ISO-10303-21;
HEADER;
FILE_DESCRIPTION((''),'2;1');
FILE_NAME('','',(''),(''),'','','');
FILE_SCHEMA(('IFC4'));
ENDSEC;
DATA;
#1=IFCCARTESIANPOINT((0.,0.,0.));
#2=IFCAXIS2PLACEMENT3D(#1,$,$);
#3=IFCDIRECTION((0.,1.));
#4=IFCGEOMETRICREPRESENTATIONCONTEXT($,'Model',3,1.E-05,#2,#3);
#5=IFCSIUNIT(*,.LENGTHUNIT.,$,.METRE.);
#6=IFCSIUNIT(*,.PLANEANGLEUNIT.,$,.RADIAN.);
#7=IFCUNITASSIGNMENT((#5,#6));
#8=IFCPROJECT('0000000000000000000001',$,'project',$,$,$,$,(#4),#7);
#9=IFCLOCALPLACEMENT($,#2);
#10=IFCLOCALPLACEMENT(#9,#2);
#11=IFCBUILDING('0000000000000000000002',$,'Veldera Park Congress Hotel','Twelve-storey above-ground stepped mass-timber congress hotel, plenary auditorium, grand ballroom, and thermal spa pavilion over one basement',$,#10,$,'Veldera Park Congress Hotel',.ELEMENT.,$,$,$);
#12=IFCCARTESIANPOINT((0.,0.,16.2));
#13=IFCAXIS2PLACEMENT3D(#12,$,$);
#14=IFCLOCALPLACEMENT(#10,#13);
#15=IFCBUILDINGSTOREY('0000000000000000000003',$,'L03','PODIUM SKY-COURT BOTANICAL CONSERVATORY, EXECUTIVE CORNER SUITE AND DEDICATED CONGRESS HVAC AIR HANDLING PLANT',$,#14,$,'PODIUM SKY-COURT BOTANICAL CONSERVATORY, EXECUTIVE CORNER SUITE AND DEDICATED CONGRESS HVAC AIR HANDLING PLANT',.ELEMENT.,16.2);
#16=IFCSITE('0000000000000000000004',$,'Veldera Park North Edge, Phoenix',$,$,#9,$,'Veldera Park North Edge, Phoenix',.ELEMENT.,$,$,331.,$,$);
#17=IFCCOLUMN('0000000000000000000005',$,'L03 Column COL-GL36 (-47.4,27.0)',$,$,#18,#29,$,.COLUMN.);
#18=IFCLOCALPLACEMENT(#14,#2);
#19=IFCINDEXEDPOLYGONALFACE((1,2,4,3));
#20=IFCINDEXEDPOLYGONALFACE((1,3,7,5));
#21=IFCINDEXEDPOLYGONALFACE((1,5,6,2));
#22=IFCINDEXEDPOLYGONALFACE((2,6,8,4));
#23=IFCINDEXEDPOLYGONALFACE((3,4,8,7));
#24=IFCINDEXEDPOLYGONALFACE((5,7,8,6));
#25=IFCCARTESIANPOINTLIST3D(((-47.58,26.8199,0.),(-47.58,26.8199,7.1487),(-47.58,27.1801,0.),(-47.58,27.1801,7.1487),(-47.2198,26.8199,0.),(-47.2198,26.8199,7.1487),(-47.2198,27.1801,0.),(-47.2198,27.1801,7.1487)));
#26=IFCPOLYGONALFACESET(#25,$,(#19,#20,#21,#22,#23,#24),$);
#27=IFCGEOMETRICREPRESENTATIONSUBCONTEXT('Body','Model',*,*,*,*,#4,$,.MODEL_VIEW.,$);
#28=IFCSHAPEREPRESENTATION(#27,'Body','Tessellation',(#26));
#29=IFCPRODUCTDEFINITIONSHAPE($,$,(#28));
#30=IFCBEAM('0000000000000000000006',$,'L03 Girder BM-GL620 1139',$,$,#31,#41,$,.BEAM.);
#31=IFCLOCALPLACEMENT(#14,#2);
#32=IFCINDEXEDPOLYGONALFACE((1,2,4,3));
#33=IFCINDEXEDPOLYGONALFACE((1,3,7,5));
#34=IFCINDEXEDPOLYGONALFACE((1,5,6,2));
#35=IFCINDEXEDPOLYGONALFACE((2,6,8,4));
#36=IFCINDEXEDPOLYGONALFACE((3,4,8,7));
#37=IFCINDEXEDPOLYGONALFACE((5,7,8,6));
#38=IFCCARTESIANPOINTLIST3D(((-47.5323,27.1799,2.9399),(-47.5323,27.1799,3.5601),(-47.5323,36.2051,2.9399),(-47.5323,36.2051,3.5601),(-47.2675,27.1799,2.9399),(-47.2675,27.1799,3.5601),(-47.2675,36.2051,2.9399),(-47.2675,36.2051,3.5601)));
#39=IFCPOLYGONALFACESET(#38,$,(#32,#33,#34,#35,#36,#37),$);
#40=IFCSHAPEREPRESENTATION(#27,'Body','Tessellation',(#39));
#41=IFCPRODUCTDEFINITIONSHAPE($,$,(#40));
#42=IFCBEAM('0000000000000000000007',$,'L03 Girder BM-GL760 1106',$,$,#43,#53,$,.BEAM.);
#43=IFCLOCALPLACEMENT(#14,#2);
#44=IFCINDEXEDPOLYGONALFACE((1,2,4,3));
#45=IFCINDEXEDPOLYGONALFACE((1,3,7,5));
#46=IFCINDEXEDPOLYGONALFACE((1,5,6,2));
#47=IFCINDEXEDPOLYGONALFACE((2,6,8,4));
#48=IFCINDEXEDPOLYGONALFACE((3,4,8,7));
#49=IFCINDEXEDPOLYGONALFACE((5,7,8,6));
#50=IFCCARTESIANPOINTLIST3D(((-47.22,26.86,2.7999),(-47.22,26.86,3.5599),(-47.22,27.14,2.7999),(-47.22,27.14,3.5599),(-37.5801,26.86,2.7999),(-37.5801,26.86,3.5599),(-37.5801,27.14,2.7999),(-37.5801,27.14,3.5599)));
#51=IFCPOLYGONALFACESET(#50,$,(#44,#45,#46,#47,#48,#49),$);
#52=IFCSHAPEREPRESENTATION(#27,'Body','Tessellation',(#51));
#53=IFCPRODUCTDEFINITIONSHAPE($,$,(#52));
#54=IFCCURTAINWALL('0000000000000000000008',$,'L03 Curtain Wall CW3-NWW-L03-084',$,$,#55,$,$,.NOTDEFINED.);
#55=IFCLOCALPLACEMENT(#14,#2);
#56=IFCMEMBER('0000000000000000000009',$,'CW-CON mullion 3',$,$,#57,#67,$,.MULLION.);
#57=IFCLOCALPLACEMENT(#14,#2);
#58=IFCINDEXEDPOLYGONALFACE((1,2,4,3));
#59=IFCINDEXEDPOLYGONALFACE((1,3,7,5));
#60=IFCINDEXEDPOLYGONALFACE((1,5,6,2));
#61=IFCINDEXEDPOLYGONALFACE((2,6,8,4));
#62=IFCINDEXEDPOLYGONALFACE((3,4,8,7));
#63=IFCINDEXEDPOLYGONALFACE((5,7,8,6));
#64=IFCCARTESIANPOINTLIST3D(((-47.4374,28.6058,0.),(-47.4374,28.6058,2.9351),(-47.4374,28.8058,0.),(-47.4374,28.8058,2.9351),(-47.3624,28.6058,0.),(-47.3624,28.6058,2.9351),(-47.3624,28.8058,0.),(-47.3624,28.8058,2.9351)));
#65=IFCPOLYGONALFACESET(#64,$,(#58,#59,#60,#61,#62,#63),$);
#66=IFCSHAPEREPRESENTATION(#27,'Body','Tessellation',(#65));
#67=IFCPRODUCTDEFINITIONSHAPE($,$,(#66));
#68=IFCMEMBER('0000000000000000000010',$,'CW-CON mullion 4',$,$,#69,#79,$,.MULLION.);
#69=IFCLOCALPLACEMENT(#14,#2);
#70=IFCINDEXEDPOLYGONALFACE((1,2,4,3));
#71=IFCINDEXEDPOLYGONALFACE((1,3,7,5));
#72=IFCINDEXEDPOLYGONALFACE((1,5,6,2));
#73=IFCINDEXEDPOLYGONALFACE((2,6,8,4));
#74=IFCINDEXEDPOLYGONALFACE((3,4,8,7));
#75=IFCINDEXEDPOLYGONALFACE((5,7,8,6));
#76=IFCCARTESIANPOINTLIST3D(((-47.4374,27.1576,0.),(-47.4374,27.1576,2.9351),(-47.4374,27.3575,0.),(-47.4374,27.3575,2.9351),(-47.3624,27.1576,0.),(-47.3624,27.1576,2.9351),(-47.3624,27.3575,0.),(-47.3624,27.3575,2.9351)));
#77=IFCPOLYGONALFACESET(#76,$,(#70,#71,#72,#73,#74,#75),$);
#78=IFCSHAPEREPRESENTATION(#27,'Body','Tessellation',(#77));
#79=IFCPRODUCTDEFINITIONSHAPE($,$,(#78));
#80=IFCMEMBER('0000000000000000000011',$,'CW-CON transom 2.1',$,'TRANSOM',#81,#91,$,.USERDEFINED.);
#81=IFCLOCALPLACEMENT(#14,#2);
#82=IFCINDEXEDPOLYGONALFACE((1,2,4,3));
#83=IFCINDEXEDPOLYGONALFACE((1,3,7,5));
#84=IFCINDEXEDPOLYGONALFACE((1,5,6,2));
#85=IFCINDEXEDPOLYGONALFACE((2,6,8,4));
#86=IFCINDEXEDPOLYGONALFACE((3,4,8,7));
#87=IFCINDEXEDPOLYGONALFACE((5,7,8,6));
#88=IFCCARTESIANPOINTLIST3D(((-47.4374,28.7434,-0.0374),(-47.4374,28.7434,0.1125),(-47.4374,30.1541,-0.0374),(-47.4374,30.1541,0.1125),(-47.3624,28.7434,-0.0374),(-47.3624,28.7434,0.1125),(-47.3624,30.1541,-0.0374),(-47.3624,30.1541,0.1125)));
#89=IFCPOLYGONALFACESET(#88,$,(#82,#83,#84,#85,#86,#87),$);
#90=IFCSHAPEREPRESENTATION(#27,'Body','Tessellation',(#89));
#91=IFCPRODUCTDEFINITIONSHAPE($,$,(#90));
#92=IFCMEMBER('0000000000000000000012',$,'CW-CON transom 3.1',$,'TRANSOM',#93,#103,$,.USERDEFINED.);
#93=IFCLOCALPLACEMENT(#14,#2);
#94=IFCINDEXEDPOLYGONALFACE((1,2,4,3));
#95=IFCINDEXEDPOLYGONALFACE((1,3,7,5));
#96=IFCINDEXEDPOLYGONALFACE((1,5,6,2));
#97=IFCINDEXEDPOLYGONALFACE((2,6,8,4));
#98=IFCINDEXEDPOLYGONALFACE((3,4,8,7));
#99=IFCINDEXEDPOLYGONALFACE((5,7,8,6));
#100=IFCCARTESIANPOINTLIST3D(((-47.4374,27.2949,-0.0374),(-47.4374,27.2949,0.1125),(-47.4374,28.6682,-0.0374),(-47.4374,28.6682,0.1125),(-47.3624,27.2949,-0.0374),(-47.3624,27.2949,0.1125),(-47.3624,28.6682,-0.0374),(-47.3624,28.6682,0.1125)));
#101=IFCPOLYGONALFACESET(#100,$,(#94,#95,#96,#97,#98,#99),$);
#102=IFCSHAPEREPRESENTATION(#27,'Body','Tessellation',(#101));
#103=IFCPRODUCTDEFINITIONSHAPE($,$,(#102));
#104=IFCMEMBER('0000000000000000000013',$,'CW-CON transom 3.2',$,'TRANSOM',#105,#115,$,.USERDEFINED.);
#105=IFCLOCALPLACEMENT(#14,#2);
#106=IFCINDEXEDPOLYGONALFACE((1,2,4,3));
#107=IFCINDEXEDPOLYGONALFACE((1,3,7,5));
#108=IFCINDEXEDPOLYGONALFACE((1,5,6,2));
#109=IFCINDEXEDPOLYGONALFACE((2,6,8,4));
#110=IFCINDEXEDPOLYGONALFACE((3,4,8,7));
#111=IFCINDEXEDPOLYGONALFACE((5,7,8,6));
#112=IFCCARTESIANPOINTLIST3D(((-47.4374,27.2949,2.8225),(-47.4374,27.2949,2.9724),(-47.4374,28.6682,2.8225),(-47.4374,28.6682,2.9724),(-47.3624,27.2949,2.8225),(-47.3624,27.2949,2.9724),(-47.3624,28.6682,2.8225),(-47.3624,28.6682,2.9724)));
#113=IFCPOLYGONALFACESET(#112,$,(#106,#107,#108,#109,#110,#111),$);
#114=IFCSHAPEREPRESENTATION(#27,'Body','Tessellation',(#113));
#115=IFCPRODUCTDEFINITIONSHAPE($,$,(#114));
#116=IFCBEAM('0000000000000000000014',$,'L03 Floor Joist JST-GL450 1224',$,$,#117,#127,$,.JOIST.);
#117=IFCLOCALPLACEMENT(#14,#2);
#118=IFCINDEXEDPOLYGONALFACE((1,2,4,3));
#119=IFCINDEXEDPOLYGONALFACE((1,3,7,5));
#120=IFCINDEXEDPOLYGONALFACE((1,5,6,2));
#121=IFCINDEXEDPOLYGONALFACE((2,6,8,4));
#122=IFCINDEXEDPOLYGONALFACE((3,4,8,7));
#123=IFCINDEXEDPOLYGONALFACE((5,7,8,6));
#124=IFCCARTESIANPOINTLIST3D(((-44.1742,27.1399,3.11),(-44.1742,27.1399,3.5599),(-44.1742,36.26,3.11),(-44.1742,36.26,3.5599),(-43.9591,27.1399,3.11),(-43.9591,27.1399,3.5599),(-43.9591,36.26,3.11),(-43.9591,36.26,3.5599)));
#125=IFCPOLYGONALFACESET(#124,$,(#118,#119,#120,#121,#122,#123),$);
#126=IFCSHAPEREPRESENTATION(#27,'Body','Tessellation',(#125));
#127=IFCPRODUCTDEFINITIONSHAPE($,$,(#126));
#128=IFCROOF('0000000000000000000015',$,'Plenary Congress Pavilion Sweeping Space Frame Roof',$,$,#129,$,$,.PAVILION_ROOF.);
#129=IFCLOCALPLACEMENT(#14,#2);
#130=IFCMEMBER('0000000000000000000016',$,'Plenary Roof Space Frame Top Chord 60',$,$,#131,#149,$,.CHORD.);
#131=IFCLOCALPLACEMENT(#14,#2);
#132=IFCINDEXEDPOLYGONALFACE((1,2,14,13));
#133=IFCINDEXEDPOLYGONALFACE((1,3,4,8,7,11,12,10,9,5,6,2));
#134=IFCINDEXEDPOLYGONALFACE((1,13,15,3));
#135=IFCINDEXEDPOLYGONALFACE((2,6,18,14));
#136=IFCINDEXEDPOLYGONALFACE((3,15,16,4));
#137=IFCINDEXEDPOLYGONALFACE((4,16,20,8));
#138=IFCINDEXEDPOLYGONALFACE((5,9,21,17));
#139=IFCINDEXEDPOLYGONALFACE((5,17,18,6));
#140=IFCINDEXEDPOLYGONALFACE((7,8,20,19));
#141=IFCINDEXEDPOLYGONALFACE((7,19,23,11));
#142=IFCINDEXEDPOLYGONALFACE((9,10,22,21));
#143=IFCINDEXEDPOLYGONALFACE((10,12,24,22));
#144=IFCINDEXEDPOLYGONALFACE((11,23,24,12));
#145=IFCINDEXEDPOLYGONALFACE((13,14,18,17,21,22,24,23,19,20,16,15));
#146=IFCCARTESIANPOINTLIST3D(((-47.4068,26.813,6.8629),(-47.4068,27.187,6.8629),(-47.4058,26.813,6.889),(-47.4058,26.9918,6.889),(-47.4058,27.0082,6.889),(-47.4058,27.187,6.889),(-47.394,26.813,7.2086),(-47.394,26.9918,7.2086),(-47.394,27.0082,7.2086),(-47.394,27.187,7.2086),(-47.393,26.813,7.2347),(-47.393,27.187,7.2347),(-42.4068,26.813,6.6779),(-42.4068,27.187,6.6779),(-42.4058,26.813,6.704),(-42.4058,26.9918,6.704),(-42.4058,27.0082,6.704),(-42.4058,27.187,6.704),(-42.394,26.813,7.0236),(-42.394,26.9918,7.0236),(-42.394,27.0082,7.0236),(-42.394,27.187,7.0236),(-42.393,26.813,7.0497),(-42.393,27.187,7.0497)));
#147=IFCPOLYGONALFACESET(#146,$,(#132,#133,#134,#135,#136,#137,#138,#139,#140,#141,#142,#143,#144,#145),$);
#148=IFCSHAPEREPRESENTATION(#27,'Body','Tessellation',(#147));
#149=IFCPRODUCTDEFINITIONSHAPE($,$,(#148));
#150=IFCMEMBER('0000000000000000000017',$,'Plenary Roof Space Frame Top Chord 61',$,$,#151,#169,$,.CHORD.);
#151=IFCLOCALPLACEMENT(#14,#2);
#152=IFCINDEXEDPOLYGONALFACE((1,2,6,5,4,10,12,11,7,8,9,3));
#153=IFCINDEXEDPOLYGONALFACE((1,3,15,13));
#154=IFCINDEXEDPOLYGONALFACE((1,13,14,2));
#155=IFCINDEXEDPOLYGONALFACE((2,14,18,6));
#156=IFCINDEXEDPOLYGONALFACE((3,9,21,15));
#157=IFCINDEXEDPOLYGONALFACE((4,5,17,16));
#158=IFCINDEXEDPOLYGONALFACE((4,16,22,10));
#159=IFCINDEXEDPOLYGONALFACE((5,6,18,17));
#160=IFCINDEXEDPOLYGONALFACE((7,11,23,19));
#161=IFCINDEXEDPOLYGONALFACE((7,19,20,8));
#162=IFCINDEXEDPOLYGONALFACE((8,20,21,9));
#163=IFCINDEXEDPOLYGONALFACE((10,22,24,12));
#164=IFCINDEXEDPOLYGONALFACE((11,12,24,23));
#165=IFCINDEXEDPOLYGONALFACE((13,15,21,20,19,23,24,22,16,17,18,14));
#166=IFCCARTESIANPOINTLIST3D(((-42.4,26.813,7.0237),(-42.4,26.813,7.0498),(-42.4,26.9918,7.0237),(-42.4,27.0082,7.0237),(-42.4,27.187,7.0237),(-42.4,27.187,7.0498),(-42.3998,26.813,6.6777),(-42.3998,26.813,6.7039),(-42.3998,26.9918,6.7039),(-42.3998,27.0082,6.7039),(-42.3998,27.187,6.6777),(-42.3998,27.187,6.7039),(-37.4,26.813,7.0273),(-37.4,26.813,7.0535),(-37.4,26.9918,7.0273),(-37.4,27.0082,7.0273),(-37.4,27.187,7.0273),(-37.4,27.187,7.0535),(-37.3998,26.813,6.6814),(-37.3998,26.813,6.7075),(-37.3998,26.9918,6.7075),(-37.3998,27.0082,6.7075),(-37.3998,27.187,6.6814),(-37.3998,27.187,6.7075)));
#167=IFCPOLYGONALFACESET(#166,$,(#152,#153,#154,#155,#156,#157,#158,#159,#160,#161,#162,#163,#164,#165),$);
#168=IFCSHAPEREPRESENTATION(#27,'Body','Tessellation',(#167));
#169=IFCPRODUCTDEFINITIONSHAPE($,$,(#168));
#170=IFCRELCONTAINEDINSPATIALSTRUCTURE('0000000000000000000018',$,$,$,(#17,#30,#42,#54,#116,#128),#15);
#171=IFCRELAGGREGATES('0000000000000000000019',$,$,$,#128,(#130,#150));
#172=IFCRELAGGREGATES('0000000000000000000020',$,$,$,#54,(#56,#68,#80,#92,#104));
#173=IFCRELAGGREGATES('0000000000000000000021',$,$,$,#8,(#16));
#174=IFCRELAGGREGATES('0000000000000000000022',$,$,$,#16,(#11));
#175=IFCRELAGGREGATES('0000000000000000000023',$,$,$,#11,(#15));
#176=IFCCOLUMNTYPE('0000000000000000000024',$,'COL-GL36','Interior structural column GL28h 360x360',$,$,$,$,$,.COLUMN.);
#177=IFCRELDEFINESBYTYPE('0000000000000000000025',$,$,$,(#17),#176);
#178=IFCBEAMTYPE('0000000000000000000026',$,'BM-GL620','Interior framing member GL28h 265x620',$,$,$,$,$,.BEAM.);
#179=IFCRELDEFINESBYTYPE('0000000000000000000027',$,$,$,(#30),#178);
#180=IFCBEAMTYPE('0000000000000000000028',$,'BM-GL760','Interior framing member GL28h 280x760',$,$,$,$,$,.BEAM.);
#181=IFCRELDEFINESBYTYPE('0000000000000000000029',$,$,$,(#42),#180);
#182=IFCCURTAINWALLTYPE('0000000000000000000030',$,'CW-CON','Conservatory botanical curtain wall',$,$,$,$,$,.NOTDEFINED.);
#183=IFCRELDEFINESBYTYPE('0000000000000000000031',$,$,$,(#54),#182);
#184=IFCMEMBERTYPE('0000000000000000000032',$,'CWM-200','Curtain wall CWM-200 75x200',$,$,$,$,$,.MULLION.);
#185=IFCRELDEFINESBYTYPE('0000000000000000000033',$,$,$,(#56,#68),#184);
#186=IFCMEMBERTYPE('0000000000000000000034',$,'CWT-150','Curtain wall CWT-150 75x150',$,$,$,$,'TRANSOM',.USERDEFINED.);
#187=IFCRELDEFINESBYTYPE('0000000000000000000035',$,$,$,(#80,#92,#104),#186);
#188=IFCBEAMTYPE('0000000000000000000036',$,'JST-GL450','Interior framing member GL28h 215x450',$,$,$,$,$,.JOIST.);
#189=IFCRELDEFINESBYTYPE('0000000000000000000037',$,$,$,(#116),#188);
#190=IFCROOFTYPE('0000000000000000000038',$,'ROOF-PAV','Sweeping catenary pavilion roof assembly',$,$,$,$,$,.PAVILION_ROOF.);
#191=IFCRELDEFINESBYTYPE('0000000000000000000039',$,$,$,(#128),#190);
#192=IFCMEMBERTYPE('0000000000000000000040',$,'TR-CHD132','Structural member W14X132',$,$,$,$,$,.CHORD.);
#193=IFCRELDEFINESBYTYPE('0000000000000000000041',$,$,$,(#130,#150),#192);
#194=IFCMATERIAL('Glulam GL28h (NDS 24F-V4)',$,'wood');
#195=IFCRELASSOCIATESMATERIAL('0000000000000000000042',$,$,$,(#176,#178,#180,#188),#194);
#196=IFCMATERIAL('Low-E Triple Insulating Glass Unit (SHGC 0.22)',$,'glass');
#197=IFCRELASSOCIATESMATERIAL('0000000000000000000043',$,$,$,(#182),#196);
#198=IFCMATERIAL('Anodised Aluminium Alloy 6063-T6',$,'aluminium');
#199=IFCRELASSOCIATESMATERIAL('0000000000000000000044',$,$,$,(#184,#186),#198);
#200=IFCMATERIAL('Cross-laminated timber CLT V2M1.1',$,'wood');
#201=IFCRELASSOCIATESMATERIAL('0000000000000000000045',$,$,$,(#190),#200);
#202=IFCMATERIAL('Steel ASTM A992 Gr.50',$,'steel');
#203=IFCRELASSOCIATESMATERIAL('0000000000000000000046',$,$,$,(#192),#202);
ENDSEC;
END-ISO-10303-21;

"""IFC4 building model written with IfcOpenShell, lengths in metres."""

from ifc_helpers import new_model, si_unit, direction, frame, origin, origin_2d, place, context, subcontext, project, spatial, rectangle, i_section, extrude, material, material_profile, profile_set, type_object, element, aggregate, save


model = new_model("IFC4")

# Units and contexts
model_context = context("Model", 3, precision=1e-05, world=origin(), true_north=direction((0.0, 1.0)))
body_context = subcontext(model_context, "Body", "Model", "MODEL_VIEW")
ifc_project = project(units=[si_unit("LENGTHUNIT", "METRE"), si_unit("PLANEANGLEUNIT", "RADIAN")], contexts=[model_context])

# Site, building, storey
site_placement = place(None, origin())
site = spatial("IfcSite", under=ifc_project, at=site_placement, Name="Veldera Park North Edge, Phoenix", LongName="Veldera Park North Edge, Phoenix", CompositionType="ELEMENT", RefElevation=331.0)
building_placement = place(site_placement, origin())
building = spatial("IfcBuilding", under=site, at=building_placement, Name="Veldera Park Congress Hotel", Description="Twelve-storey above-ground stepped mass-timber congress hotel, plenary auditorium, grand ballroom, and thermal spa pavilion over one basement", LongName="Veldera Park Congress Hotel", CompositionType="ELEMENT")
storey_placement = place(building_placement, frame((0.0, 0.0, 16.2)))
storey = spatial("IfcBuildingStorey", under=building, at=storey_placement, Name="L03", Description="PODIUM SKY-COURT BOTANICAL CONSERVATORY, EXECUTIVE CORNER SUITE AND DEDICATED CONGRESS HVAC AIR HANDLING PLANT", LongName="PODIUM SKY-COURT BOTANICAL CONSERVATORY, EXECUTIVE CORNER SUITE AND DEDICATED CONGRESS HVAC AIR HANDLING PLANT", CompositionType="ELEMENT", Elevation=16.2)

# Column
ifc_material_1 = material(Name="Glulam GL28h (NDS 24F-V4)", Category="wood")
ifc_material_profile_1 = material_profile(ifc_material_1, rectangle(XDim=0.3601, YDim=0.3601, at=origin_2d()), Name="GL28h 360x360")
ifc_profile_set_1 = profile_set([ifc_material_profile_1], Name="Glulam GL28h (NDS 24F-V4)")
column_type = type_object("IfcColumnType", Name="COL-GL36", Description="Interior structural column GL28h 360x360", PredefinedType="COLUMN", material=ifc_profile_set_1)
column_placement = place(storey_placement, frame((-47.3999, 27.0, 0.0), z_axis=(0.0, 0.0, 1.0), x_axis=(1.0, 0.0, 0.0)))
element("IfcColumn", 1, at=column_placement, inside=storey, type_object=column_type, Name="L03 Column COL-GL36 (-47.4,27.0)", PredefinedType="COLUMN", context=body_context, shape_type="SweptSolid", body=[
    extrude(rectangle(XDim=0.3601, YDim=0.3601, at=origin_2d()), origin(), (0.0, 0.0, 1.0), 7.1487),
])

# Beams
ifc_material_profile_2 = material_profile(ifc_material_1, rectangle(XDim=0.2649, YDim=0.6201, at=origin_2d()), Name="GL28h 265x620")
ifc_profile_set_2 = profile_set([ifc_material_profile_2], Name="Glulam GL28h (NDS 24F-V4)")
beam_type_1 = type_object("IfcBeamType", Name="BM-GL620", Description="Interior framing member GL28h 265x620", PredefinedType="BEAM", material=ifc_profile_set_2)
beam_1_placement = place(storey_placement, frame((-47.3999, 27.1799, 3.25), z_axis=(0.0, 1.0, 0.0), x_axis=(-1.0, 0.0, 0.0)))
element("IfcBeam", 2, at=beam_1_placement, inside=storey, type_object=beam_type_1, Name="L03 Girder BM-GL620 1139", PredefinedType="BEAM", context=body_context, shape_type="SweptSolid", body=[
    extrude(rectangle(XDim=0.2649, YDim=0.6201, at=origin_2d()), origin(), (0.0, 0.0, 1.0), 9.0251),
])
ifc_material_profile_3 = material_profile(ifc_material_1, rectangle(XDim=0.28, YDim=0.76, at=origin_2d()), Name="GL28h 280x760")
ifc_profile_set_3 = profile_set([ifc_material_profile_3], Name="Glulam GL28h (NDS 24F-V4)")
beam_type_2 = type_object("IfcBeamType", Name="BM-GL760", Description="Interior framing member GL28h 280x760", PredefinedType="BEAM", material=ifc_profile_set_3)
beam_2_placement = place(storey_placement, frame((-47.22, 27.0, 3.1799), z_axis=(1.0, 0.0, 0.0), x_axis=(0.0, 1.0, 0.0)))
element("IfcBeam", 3, at=beam_2_placement, inside=storey, type_object=beam_type_2, Name="L03 Girder BM-GL760 1106", PredefinedType="BEAM", context=body_context, shape_type="SweptSolid", body=[
    extrude(rectangle(XDim=0.28, YDim=0.76, at=origin_2d()), origin(), (0.0, 0.0, 1.0), 9.6399),
])

# Curtain wall, members
ifc_material_2 = material(Name="Low-E Triple Insulating Glass Unit (SHGC 0.22)", Category="glass")
curtain_wall_type = type_object("IfcCurtainWallType", Name="CW-CON", Description="Conservatory botanical curtain wall", PredefinedType="NOTDEFINED", material=ifc_material_2)
curtain_wall_placement = place(storey_placement, origin())
curtain_wall = element("IfcCurtainWall", 4, at=curtain_wall_placement, inside=storey, type_object=curtain_wall_type, Name="L03 Curtain Wall CW3-NWW-L03-084", PredefinedType="NOTDEFINED")
ifc_material_3 = material(Name="Anodised Aluminium Alloy 6063-T6", Category="aluminium")
ifc_material_profile_4 = material_profile(ifc_material_3, rectangle(XDim=0.075, YDim=0.2, at=origin_2d()), Name="ALU 75x200")
ifc_profile_set_4 = profile_set([ifc_material_profile_4], Name="Anodised Aluminium Alloy 6063-T6")
member_type_1 = type_object("IfcMemberType", Name="CWM-200", Description="Curtain wall CWM-200 75x200", PredefinedType="MULLION", material=ifc_profile_set_4)
member_1_placement = place(storey_placement, frame((-47.3999, 28.7058, 0.0), z_axis=(0.0, 0.0, 1.0), x_axis=(1.0, 0.0, 0.0)))
member_1 = element("IfcMember", 5, at=member_1_placement, type_object=member_type_1, Name="CW-CON mullion 3", PredefinedType="MULLION", context=body_context, shape_type="SweptSolid", body=[
    extrude(rectangle(XDim=0.075, YDim=0.2, at=origin_2d()), origin(), (0.0, 0.0, 1.0), 2.9351),
])
member_2_placement = place(storey_placement, frame((-47.3999, 27.2576, 0.0), z_axis=(0.0, 0.0, 1.0), x_axis=(1.0, 0.0, 0.0)))
member_2 = element("IfcMember", 6, at=member_2_placement, type_object=member_type_1, Name="CW-CON mullion 4", PredefinedType="MULLION", context=body_context, shape_type="SweptSolid", body=[
    extrude(rectangle(XDim=0.075, YDim=0.2, at=origin_2d()), origin(), (0.0, 0.0, 1.0), 2.9351),
])
ifc_material_profile_5 = material_profile(ifc_material_3, rectangle(XDim=0.075, YDim=0.1499, at=origin_2d()), Name="ALU 75x150")
ifc_profile_set_5 = profile_set([ifc_material_profile_5], Name="Anodised Aluminium Alloy 6063-T6")
member_type_2 = type_object("IfcMemberType", Name="CWT-150", Description="Curtain wall CWT-150 75x150", ElementType="TRANSOM", PredefinedType="USERDEFINED", material=ifc_profile_set_5)
member_3_placement = place(storey_placement, frame((-47.3999, 30.1541, 0.0376), z_axis=(0.0, -1.0, 0.0), x_axis=(1.0, 0.0, 0.0)))
member_3 = element("IfcMember", 7, at=member_3_placement, type_object=member_type_2, Name="CW-CON transom 2.1", ObjectType="TRANSOM", PredefinedType="USERDEFINED", context=body_context, shape_type="SweptSolid", body=[
    extrude(rectangle(XDim=0.075, YDim=0.1499, at=origin_2d()), origin(), (0.0, 0.0, 1.0), 1.4106),
])
member_4_placement = place(storey_placement, frame((-47.3999, 28.6682, 0.0376), z_axis=(0.0, -1.0, 0.0), x_axis=(1.0, 0.0, 0.0)))
member_4 = element("IfcMember", 8, at=member_4_placement, type_object=member_type_2, Name="CW-CON transom 3.1", ObjectType="TRANSOM", PredefinedType="USERDEFINED", context=body_context, shape_type="SweptSolid", body=[
    extrude(rectangle(XDim=0.075, YDim=0.1499, at=origin_2d()), origin(), (0.0, 0.0, 1.0), 1.3733),
])
member_5_placement = place(storey_placement, frame((-47.3999, 28.6682, 2.8975), z_axis=(0.0, -1.0, 0.0), x_axis=(1.0, 0.0, 0.0)))
member_5 = element("IfcMember", 9, at=member_5_placement, type_object=member_type_2, Name="CW-CON transom 3.2", ObjectType="TRANSOM", PredefinedType="USERDEFINED", context=body_context, shape_type="SweptSolid", body=[
    extrude(rectangle(XDim=0.075, YDim=0.1499, at=origin_2d()), origin(), (0.0, 0.0, 1.0), 1.3733),
])

# Beam
ifc_material_profile_6 = material_profile(ifc_material_1, rectangle(XDim=0.2151, YDim=0.45, at=origin_2d()), Name="GL28h 215x450")
ifc_profile_set_6 = profile_set([ifc_material_profile_6], Name="Glulam GL28h (NDS 24F-V4)")
beam_type_3 = type_object("IfcBeamType", Name="JST-GL450", Description="Interior framing member GL28h 215x450", PredefinedType="JOIST", material=ifc_profile_set_6)
beam_3_placement = place(storey_placement, frame((-44.0667, 27.1399, 3.335), z_axis=(0.0, 1.0, 0.0), x_axis=(-1.0, 0.0, 0.0)))
element("IfcBeam", 10, at=beam_3_placement, inside=storey, type_object=beam_type_3, Name="L03 Floor Joist JST-GL450 1224", PredefinedType="JOIST", context=body_context, shape_type="SweptSolid", body=[
    extrude(rectangle(XDim=0.2151, YDim=0.45, at=origin_2d()), origin(), (0.0, 0.0, 1.0), 9.1201),
])

# Roof, members
ifc_material_4 = material(Name="Cross-laminated timber CLT V2M1.1", Category="wood")
roof_type = type_object("IfcRoofType", Name="ROOF-PAV", Description="Sweeping catenary pavilion roof assembly", PredefinedType="PAVILION_ROOF", material=ifc_material_4)
roof_placement = place(storey_placement, origin())
roof = element("IfcRoof", 11, at=roof_placement, inside=storey, type_object=roof_type, Name="Plenary Congress Pavilion Sweeping Space Frame Roof", PredefinedType="PAVILION_ROOF")
ifc_material_5 = material(Name="Steel ASTM A992 Gr.50", Category="steel")
ifc_material_profile_7 = material_profile(ifc_material_5, i_section(OverallWidth=0.374, OverallDepth=0.3721, WebThickness=0.0164, FlangeThickness=0.0261, at=origin_2d()), Name="W14X132")
ifc_profile_set_7 = profile_set([ifc_material_profile_7], Name="Steel ASTM A992 Gr.50")
member_type_3 = type_object("IfcMemberType", Name="TR-CHD132", Description="Structural member W14X132", PredefinedType="CHORD", material=ifc_profile_set_7)
member_6_placement = place(storey_placement, frame((-47.3999, 27.0, 7.0488), z_axis=(0.999316, 0.0, -0.036986), x_axis=(0.0, 1.0, 0.0)))
member_6 = element("IfcMember", 12, at=member_6_placement, type_object=member_type_3, Name="Plenary Roof Space Frame Top Chord 60", PredefinedType="CHORD", context=body_context, shape_type="SweptSolid", body=[
    extrude(i_section(OverallWidth=0.374, OverallDepth=0.3721, WebThickness=0.0164, FlangeThickness=0.0261, at=origin_2d()), origin(), (0.0, 0.0, 1.0), 5.0034),
])
member_7_placement = place(storey_placement, frame((-42.3999, 27.0, 6.8638), z_axis=(1.0, 0.0, 0.000732), x_axis=(0.0, 1.0, 0.0)))
member_7 = element("IfcMember", 13, at=member_7_placement, type_object=member_type_3, Name="Plenary Roof Space Frame Top Chord 61", PredefinedType="CHORD", context=body_context, shape_type="SweptSolid", body=[
    extrude(i_section(OverallWidth=0.374, OverallDepth=0.3721, WebThickness=0.0164, FlangeThickness=0.0261, at=origin_2d()), origin(), (0.0, 0.0, 1.0), 5.0),
])
aggregate(roof, [member_6, member_7])

aggregate(curtain_wall, [member_1, member_2, member_3, member_4, member_5])

save(model, "model.ifc")
